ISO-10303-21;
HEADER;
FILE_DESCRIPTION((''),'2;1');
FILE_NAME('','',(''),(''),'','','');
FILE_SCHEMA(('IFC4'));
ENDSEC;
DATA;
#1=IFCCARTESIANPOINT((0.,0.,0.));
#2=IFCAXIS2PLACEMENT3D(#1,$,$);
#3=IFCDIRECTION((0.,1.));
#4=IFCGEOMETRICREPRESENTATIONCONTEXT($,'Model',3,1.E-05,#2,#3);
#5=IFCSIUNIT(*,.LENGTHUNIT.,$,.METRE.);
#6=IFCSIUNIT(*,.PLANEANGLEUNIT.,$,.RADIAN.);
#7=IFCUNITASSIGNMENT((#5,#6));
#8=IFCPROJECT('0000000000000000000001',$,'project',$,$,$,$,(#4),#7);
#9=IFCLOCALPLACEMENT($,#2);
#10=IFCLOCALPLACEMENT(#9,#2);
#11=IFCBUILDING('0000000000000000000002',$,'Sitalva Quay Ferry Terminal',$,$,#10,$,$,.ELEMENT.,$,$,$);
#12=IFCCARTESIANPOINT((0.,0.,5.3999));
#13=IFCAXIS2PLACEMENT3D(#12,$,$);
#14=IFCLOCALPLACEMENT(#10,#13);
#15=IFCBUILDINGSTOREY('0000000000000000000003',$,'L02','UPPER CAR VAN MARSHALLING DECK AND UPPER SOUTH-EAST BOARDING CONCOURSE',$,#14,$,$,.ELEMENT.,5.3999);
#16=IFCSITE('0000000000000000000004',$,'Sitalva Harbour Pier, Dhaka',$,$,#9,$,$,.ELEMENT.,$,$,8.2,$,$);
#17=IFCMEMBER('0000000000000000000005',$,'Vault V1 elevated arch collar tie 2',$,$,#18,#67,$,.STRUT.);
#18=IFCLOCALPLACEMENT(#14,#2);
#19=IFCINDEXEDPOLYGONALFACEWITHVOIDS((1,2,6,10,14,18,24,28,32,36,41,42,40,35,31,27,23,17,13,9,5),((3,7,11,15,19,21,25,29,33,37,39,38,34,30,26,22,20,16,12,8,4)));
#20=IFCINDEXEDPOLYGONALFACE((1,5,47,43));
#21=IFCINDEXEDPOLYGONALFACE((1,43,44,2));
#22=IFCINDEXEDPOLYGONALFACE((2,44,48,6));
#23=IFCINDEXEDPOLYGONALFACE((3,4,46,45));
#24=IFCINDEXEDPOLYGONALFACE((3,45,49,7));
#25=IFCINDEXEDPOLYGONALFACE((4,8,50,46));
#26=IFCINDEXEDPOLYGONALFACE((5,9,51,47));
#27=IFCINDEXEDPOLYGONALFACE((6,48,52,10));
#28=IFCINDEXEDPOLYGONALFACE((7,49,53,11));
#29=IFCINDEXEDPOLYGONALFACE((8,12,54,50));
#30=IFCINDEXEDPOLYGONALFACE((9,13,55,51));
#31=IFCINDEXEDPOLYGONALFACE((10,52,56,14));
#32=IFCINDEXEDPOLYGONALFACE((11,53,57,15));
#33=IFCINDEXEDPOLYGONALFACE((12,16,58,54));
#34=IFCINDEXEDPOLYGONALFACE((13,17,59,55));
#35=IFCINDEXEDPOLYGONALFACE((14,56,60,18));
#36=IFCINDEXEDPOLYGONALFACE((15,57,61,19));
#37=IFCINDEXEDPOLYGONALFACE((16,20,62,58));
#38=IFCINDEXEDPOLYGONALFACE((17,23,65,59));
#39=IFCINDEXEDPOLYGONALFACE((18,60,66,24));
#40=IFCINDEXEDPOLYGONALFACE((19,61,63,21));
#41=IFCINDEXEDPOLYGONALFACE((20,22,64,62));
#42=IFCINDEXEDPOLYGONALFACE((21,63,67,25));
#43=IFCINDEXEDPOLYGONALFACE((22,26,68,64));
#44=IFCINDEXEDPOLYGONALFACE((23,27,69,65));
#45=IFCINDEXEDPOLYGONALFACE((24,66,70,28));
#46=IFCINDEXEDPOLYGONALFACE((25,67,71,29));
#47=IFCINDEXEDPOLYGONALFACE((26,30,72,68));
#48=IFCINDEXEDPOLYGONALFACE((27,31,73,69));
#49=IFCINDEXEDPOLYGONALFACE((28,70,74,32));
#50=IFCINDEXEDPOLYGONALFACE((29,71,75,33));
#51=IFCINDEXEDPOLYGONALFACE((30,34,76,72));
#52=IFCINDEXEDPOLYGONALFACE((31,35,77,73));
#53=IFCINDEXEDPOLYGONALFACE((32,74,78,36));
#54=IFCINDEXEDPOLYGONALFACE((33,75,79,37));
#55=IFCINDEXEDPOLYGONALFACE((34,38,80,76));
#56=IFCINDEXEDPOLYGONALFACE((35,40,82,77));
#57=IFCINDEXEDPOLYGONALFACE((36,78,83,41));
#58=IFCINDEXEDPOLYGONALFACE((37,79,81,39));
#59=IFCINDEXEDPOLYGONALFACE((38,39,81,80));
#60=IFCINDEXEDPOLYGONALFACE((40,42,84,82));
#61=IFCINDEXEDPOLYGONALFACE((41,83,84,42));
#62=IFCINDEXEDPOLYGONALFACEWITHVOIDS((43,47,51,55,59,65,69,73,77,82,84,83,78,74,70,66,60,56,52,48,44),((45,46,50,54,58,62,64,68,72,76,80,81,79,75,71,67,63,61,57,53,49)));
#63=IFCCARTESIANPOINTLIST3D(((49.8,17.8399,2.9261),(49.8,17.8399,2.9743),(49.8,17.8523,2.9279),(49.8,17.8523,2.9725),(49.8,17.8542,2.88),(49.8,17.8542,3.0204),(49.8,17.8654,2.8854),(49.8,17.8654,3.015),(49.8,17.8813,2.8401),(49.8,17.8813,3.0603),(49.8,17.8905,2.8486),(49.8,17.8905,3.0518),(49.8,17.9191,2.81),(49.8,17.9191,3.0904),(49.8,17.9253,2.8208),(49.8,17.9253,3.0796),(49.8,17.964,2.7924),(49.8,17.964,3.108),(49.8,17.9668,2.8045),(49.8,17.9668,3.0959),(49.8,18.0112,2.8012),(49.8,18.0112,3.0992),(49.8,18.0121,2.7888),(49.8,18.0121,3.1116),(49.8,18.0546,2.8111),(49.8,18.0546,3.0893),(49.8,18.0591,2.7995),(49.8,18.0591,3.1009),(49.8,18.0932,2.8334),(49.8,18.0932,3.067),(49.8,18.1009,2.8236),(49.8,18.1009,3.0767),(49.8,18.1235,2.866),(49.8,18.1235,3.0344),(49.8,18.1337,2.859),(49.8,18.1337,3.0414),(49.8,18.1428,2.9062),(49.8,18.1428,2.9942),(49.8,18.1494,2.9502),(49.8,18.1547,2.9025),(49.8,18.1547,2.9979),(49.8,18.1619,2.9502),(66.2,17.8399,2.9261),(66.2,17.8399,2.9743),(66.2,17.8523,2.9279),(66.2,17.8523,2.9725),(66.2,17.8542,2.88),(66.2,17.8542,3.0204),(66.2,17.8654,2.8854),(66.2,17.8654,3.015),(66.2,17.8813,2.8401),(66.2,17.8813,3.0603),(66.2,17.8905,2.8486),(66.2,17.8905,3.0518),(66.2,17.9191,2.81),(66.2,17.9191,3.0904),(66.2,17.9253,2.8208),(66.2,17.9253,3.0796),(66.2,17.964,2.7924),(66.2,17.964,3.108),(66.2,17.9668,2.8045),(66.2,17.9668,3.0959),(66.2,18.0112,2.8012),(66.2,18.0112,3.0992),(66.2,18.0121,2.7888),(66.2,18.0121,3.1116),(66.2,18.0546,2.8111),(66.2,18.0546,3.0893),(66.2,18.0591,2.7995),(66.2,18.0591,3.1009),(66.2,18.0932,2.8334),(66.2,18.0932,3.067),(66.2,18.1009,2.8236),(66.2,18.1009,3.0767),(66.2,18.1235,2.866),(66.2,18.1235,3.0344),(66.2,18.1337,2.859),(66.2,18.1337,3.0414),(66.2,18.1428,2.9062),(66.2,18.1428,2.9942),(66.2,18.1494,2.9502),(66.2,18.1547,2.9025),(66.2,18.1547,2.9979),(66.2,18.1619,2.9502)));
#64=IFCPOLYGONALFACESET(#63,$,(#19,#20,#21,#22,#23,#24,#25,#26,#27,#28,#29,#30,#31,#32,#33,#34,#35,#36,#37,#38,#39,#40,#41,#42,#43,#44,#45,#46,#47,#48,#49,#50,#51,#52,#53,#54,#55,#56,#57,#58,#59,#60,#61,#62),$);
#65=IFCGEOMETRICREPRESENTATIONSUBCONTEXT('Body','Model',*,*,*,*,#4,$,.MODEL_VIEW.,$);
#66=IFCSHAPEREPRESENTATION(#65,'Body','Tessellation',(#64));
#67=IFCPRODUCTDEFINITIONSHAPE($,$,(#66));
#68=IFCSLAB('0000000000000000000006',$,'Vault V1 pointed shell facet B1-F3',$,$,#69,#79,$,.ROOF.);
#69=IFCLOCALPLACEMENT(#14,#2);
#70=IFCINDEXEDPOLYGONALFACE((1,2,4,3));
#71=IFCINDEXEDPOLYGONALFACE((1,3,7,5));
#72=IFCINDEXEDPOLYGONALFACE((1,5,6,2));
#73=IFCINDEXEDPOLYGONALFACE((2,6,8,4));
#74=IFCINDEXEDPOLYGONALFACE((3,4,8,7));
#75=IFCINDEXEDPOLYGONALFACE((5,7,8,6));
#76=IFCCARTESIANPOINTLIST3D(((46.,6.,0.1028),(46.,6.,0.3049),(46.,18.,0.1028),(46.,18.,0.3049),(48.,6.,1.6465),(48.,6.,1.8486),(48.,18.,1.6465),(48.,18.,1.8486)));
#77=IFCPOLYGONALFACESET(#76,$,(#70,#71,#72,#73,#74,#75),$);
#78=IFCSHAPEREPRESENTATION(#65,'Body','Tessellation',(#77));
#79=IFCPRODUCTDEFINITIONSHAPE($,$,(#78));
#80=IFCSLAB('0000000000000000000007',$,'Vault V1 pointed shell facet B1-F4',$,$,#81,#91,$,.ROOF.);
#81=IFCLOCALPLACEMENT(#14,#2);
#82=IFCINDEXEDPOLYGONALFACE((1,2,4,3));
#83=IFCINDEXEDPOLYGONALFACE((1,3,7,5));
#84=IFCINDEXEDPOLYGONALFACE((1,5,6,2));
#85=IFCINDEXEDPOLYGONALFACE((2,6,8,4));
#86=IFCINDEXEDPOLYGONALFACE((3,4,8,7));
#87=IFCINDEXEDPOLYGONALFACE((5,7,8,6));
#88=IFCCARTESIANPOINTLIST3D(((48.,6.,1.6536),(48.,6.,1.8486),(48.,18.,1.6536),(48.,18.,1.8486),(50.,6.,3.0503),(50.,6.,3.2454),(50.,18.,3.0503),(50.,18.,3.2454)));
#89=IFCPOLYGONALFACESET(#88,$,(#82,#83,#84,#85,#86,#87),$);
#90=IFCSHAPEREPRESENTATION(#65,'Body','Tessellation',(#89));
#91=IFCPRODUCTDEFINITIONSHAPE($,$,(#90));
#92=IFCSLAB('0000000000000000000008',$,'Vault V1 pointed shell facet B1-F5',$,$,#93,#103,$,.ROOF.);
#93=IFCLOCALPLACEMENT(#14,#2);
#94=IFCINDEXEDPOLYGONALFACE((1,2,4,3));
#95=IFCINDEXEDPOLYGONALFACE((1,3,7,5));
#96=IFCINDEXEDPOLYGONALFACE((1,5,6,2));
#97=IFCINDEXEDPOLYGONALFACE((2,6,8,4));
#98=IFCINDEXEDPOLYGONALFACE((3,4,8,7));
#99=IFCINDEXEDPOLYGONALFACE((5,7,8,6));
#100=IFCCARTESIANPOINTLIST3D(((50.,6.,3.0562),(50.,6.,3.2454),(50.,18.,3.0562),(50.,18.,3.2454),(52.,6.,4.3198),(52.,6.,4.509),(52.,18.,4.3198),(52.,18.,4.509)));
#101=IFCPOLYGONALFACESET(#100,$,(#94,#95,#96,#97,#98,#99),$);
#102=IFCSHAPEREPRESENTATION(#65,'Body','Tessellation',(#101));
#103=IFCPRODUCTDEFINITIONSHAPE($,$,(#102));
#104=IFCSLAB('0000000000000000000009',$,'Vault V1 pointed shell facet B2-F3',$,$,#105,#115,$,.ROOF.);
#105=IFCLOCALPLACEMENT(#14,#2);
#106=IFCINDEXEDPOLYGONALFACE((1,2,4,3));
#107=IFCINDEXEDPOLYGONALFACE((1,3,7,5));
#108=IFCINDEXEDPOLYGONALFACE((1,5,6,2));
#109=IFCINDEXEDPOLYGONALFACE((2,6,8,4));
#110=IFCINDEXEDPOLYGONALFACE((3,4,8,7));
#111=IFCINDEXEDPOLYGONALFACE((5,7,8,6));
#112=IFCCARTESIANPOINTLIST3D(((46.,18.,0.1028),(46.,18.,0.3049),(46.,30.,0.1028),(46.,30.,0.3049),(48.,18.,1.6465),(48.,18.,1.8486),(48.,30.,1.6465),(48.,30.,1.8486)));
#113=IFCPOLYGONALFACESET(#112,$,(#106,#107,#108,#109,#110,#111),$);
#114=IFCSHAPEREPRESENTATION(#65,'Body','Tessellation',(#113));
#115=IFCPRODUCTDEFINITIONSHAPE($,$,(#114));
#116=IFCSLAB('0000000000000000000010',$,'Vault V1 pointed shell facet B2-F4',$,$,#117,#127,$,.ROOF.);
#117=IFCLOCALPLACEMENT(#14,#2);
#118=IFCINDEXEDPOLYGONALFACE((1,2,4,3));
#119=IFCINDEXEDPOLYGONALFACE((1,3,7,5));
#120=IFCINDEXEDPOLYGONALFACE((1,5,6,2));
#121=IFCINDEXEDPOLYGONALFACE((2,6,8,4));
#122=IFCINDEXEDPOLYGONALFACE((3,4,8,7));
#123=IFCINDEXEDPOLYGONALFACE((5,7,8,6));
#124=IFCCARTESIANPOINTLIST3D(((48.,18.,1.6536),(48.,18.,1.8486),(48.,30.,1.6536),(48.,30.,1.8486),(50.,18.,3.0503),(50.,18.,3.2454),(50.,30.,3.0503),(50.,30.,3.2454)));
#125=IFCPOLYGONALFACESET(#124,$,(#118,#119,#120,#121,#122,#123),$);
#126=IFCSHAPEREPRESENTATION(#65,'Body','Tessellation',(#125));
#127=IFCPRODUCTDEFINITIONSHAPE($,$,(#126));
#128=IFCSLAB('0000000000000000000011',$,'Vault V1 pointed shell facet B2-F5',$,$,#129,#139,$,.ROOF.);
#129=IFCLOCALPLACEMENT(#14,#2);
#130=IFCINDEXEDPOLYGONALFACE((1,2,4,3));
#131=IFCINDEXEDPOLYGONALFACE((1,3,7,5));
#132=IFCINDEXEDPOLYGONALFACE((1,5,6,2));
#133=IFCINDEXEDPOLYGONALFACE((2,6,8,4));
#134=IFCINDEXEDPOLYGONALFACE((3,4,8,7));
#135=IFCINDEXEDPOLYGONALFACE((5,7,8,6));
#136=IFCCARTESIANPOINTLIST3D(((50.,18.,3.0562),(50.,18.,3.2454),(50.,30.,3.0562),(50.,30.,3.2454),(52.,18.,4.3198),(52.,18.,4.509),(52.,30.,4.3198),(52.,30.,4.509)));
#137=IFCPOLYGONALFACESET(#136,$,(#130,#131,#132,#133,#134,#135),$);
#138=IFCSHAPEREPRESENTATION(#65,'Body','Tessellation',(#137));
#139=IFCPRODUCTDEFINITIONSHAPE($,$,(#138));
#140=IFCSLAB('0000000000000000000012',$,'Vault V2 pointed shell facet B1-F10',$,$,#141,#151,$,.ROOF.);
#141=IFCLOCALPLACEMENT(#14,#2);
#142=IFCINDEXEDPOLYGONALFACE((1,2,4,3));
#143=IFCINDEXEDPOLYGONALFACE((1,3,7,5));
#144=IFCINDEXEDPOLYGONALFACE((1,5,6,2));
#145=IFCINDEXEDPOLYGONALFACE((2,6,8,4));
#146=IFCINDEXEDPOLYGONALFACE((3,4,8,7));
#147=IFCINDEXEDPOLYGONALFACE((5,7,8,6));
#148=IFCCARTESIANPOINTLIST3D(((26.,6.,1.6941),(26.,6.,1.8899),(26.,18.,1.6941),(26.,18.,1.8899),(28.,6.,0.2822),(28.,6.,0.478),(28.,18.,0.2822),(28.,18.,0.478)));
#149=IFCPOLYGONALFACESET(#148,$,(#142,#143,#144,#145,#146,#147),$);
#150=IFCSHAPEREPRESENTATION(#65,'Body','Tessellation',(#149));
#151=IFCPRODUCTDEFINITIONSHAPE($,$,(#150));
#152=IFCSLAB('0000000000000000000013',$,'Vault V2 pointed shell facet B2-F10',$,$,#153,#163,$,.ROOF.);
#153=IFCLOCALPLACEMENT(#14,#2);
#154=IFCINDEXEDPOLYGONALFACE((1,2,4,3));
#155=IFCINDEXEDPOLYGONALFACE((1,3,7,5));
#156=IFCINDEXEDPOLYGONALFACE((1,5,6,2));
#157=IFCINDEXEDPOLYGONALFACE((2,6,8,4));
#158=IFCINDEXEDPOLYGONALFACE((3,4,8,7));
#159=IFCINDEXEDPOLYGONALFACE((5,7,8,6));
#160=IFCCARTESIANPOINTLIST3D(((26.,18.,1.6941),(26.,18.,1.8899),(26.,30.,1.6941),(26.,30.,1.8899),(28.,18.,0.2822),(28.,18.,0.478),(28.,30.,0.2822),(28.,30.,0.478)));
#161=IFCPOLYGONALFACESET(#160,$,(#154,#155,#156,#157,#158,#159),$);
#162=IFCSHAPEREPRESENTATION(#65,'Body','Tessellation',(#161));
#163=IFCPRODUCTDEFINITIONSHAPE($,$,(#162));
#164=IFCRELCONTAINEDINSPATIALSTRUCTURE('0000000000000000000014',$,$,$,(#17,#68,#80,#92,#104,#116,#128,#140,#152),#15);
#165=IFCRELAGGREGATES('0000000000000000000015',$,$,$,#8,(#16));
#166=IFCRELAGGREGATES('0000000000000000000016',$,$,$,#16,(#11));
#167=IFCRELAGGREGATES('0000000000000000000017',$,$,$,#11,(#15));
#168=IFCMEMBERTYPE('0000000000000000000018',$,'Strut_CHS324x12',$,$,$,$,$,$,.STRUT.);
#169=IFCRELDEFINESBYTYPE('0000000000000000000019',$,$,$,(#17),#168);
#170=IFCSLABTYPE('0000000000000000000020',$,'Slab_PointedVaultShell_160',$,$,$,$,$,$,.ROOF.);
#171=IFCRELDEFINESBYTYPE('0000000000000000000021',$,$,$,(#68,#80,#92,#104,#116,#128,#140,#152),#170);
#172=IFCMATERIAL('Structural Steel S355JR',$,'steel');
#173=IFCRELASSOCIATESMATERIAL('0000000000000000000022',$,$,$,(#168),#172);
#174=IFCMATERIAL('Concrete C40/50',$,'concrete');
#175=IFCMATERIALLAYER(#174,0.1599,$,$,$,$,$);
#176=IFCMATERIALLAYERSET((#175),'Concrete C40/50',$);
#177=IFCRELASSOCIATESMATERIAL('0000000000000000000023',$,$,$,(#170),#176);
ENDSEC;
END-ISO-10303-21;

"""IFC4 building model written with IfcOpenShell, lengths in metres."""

from ifc_helpers import new_model, si_unit, direction, frame, origin, origin_2d, place, context, subcontext, project, spatial, polyline, hollow_circle, outline, extrude, material, layer, layer_set, material_profile, profile_set, type_object, element, save


model = new_model("IFC4")

# Units and contexts
model_context = context("Model", 3, precision=1e-05, world=origin(), true_north=direction((0.0, 1.0)))
body_context = subcontext(model_context, "Body", "Model", "MODEL_VIEW")
ifc_project = project(units=[si_unit("LENGTHUNIT", "METRE"), si_unit("PLANEANGLEUNIT", "RADIAN")], contexts=[model_context])

# Site, building, storey
site_placement = place(None, origin())
site = spatial("IfcSite", under=ifc_project, at=site_placement, Name="Sitalva Harbour Pier, Dhaka", CompositionType="ELEMENT", RefElevation=8.2)
building_placement = place(site_placement, origin())
building = spatial("IfcBuilding", under=site, at=building_placement, Name="Sitalva Quay Ferry Terminal", CompositionType="ELEMENT")
storey_placement = place(building_placement, frame((0.0, 0.0, 5.3999)))
storey = spatial("IfcBuildingStorey", under=building, at=storey_placement, Name="L02", Description="UPPER CAR VAN MARSHALLING DECK AND UPPER SOUTH-EAST BOARDING CONCOURSE", CompositionType="ELEMENT", Elevation=5.3999)

# Member
ifc_material_1 = material(Name="Structural Steel S355JR", Category="steel")
ifc_material_profile_1 = material_profile(ifc_material_1, hollow_circle(Radius=0.1619, WallThickness=0.0125, at=origin_2d()), Name="CHS324x12.5")
ifc_profile_set_1 = profile_set([ifc_material_profile_1], Name="Structural Steel S355JR")
member_type = type_object("IfcMemberType", Name="Strut_CHS324x12", PredefinedType="STRUT", material=ifc_profile_set_1)
for number, where, z_axis, x_axis, name in (
    (1, (49.8, 18.0, 2.9502), (1.0, 0.0, 0.0), (0.0, 1.0, 0.0), "Vault V1 elevated arch collar tie 2"),
):
    element("IfcMember", number, at=place(storey_placement, frame(where, z_axis=z_axis, x_axis=x_axis)), inside=storey, type_object=member_type, Name=name, PredefinedType="STRUT", context=body_context, shape_type="SweptSolid", body=[
        extrude(hollow_circle(Radius=0.1619, WallThickness=0.0125, at=origin_2d()), origin(), (0.0, 0.0, 1.0), 16.3999),
    ])

# Slabs
ifc_material_2 = material(Name="Concrete C40/50", Category="concrete")
ifc_layer = layer(ifc_material_2, 0.1599)
ifc_layer_set = layer_set([ifc_layer], Name="Concrete C40/50")
slab_type = type_object("IfcSlabType", Name="Slab_PointedVaultShell_160", PredefinedType="ROOF", material=ifc_layer_set)
slab_1_placement = place(storey_placement, frame((46.0, 6.0, 0.3049), z_axis=(-0.611013, 0.0, 0.791621), x_axis=(0.791621, 0.0, 0.611013)))
element("IfcSlab", 2, at=slab_1_placement, inside=storey, type_object=slab_type, Name="Vault V1 pointed shell facet B1-F3", PredefinedType="ROOF", context=body_context, shape_type="SweptSolid", body=[
    extrude(outline(polyline([(0.0, 0.0), (2.5265, 0.0), (2.5265, 12.0), (0.0, 12.0), (0.0, 0.0)])), origin(), (-0.611013, 0.0, -0.791621), 0.2021),
])
slab_2_placement = place(storey_placement, frame((48.0, 6.0, 1.8486), z_axis=(-0.572562, 0.0, 0.819861), x_axis=(0.819861, 0.0, 0.572562)))
element("IfcSlab", 3, at=slab_2_placement, inside=storey, type_object=slab_type, Name="Vault V1 pointed shell facet B1-F4", PredefinedType="ROOF", context=body_context, shape_type="SweptSolid", body=[
    extrude(outline(polyline([(0.0, 0.0), (2.4394, 0.0), (2.4394, 12.0), (0.0, 12.0), (0.0, 0.0)])), origin(), (-0.572562, 0.0, -0.819861), 0.1951),
])
slab_3_placement = place(storey_placement, frame((50.0, 6.0, 3.2454), z_axis=(-0.534148, 0.0, 0.845391), x_axis=(0.845391, 0.0, 0.534148)))
element("IfcSlab", 4, at=slab_3_placement, inside=storey, type_object=slab_type, Name="Vault V1 pointed shell facet B1-F5", PredefinedType="ROOF", context=body_context, shape_type="SweptSolid", body=[
    extrude(outline(polyline([(0.0, 0.0), (2.3658, 0.0), (2.3658, 12.0), (0.0, 12.0), (0.0, 0.0)])), origin(), (-0.534148, 0.0, -0.845391), 0.1892),
])
slab_4_placement = place(storey_placement, frame((46.0, 18.0, 0.3049), z_axis=(-0.611013, 0.0, 0.791621), x_axis=(0.791621, 0.0, 0.611013)))
element("IfcSlab", 5, at=slab_4_placement, inside=storey, type_object=slab_type, Name="Vault V1 pointed shell facet B2-F3", PredefinedType="ROOF", context=body_context, shape_type="SweptSolid", body=[
    extrude(outline(polyline([(0.0, 0.0), (2.5265, 0.0), (2.5265, 12.0), (0.0, 12.0), (0.0, 0.0)])), origin(), (-0.611013, 0.0, -0.791621), 0.2021),
])
slab_5_placement = place(storey_placement, frame((48.0, 18.0, 1.8486), z_axis=(-0.572562, 0.0, 0.819861), x_axis=(0.819861, 0.0, 0.572562)))
element("IfcSlab", 6, at=slab_5_placement, inside=storey, type_object=slab_type, Name="Vault V1 pointed shell facet B2-F4", PredefinedType="ROOF", context=body_context, shape_type="SweptSolid", body=[
    extrude(outline(polyline([(0.0, 0.0), (2.4394, 0.0), (2.4394, 12.0), (0.0, 12.0), (0.0, 0.0)])), origin(), (-0.572562, 0.0, -0.819861), 0.1951),
])
slab_6_placement = place(storey_placement, frame((50.0, 18.0, 3.2454), z_axis=(-0.534148, 0.0, 0.845391), x_axis=(0.845391, 0.0, 0.534148)))
element("IfcSlab", 7, at=slab_6_placement, inside=storey, type_object=slab_type, Name="Vault V1 pointed shell facet B2-F5", PredefinedType="ROOF", context=body_context, shape_type="SweptSolid", body=[
    extrude(outline(polyline([(0.0, 0.0), (2.3658, 0.0), (2.3658, 12.0), (0.0, 12.0), (0.0, 0.0)])), origin(), (-0.534148, 0.0, -0.845391), 0.1892),
])
for number, where, z_axis, x_axis, name in (
    (8, (26.0, 6.0, 1.8899), (0.576711, 0.0, 0.816949), (0.816949, 0.0, -0.576711), "Vault V2 pointed shell facet B1-F10"),
    (9, (26.0, 18.0, 1.8899), (0.576711, 0.0, 0.816949), (0.816949, 0.0, -0.576711), "Vault V2 pointed shell facet B2-F10"),
):
    element("IfcSlab", number, at=place(storey_placement, frame(where, z_axis=z_axis, x_axis=x_axis)), inside=storey, type_object=slab_type, Name=name, PredefinedType="ROOF", context=body_context, shape_type="SweptSolid", body=[
        extrude(outline(polyline([(0.0, 0.0), (2.4481, 0.0), (2.4481, 12.0), (0.0, 12.0), (0.0, 0.0)])), origin(), (0.576711, 0.0, -0.816949), 0.1958),
    ])

save(model, "model.ifc")
